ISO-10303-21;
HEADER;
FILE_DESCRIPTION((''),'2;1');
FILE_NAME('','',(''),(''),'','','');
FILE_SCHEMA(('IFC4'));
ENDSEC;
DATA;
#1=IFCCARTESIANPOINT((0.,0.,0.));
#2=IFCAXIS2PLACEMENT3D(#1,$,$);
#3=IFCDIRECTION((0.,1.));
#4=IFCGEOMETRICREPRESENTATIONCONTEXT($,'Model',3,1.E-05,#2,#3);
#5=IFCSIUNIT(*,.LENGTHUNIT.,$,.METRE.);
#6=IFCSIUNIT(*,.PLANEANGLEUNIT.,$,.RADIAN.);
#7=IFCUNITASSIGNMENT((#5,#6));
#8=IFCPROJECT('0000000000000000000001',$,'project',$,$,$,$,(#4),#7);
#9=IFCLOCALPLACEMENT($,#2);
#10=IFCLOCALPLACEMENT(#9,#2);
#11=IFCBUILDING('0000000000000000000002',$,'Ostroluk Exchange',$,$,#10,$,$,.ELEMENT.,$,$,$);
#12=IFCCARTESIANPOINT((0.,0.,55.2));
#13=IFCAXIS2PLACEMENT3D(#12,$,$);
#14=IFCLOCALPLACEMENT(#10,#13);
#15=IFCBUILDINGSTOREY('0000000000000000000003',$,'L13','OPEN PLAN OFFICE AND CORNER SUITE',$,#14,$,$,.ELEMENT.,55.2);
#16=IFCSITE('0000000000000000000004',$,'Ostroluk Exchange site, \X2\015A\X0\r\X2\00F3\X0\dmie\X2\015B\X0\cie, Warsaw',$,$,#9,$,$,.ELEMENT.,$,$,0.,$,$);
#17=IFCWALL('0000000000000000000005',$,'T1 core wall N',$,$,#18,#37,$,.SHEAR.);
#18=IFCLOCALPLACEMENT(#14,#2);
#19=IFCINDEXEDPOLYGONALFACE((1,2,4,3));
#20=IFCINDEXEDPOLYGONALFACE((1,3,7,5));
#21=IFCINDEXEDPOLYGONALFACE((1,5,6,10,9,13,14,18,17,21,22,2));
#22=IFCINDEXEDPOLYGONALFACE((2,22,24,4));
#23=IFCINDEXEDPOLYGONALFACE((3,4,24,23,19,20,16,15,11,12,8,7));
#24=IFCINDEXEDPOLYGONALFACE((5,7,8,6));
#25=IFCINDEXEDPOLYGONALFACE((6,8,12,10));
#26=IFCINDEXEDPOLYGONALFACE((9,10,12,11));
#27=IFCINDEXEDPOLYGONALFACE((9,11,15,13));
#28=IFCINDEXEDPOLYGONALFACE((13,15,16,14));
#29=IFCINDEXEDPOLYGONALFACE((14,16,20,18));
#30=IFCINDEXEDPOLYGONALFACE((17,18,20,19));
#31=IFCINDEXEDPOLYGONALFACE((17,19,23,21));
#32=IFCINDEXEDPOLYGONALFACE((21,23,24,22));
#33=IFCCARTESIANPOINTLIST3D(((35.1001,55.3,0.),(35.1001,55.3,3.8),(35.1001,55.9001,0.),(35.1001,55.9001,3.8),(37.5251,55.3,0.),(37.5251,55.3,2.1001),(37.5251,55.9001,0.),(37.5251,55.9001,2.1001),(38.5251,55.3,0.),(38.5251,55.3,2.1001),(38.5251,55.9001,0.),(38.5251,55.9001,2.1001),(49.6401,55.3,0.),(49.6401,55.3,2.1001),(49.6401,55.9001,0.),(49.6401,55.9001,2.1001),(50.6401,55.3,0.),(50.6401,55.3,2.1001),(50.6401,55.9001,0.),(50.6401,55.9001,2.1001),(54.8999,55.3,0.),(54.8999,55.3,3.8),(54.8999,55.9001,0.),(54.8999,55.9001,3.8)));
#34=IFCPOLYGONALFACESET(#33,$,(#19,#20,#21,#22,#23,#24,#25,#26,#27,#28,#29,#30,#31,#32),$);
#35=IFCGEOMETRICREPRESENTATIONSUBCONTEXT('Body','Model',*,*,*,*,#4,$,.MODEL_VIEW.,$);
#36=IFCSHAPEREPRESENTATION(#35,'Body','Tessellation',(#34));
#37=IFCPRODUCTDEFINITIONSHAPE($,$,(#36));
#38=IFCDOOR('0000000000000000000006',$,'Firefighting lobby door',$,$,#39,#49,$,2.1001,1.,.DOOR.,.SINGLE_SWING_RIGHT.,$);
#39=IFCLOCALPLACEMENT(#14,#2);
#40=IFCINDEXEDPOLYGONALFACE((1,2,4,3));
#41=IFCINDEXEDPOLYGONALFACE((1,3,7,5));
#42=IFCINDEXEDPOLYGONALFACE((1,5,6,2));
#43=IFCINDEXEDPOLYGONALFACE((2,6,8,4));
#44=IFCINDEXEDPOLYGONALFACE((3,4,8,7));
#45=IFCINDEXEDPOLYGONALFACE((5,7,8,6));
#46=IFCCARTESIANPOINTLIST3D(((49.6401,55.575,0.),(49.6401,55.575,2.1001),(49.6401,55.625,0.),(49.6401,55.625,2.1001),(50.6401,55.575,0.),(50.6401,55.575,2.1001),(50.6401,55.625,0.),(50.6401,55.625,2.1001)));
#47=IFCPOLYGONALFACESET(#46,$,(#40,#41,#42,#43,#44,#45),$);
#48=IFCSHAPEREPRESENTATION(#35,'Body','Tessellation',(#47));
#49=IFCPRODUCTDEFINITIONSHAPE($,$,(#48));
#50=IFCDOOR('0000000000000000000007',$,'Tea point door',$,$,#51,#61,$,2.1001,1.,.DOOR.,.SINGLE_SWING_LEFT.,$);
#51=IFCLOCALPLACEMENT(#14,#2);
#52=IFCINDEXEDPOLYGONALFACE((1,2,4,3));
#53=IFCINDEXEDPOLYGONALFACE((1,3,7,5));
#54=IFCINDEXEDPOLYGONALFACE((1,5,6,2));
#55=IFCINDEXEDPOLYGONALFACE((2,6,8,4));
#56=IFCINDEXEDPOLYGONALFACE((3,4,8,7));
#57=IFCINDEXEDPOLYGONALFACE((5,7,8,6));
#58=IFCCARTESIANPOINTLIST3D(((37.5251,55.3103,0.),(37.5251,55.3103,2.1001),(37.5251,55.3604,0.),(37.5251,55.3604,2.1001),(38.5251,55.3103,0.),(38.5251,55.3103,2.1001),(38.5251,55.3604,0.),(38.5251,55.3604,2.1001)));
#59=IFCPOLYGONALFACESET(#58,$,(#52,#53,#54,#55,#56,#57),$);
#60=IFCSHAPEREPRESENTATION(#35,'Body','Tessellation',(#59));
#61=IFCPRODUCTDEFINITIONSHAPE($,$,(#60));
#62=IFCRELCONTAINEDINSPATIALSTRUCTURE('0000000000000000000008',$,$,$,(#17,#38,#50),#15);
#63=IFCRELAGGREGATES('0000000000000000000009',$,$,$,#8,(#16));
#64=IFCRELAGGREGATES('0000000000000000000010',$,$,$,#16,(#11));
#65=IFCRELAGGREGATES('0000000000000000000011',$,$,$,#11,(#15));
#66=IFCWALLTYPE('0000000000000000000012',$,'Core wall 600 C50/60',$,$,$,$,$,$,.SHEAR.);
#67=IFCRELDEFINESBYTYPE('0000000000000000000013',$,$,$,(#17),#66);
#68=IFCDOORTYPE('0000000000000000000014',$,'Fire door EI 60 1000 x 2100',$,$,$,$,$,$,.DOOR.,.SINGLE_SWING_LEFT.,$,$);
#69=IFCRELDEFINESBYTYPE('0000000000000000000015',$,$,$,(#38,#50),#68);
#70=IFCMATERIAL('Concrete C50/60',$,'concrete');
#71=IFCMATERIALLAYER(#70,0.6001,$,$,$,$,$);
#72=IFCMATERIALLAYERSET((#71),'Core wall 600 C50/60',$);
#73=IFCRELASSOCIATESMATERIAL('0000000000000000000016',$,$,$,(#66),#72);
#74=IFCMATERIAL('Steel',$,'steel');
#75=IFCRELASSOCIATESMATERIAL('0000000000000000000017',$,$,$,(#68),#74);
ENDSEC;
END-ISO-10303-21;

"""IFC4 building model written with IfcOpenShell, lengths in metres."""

from ifc_helpers import new_model, si_unit, direction, frame, frame_2d, origin, place, context, subcontext, project, spatial, rectangle, extrude, material, layer, layer_set, type_object, element, fill, save


model = new_model("IFC4")

# Units and contexts
model_context = context("Model", 3, precision=1e-05, world=origin(), true_north=direction((0.0, 1.0)))
body_context = subcontext(model_context, "Body", "Model", "MODEL_VIEW")
ifc_project = project(units=[si_unit("LENGTHUNIT", "METRE"), si_unit("PLANEANGLEUNIT", "RADIAN")], contexts=[model_context])

# Site, building, storey
site_placement = place(None, origin())
site = spatial("IfcSite", under=ifc_project, at=site_placement, Name="Ostroluk Exchange site, Śródmieście, Warsaw", CompositionType="ELEMENT", RefElevation=0.0)
building_placement = place(site_placement, origin())
building = spatial("IfcBuilding", under=site, at=building_placement, Name="Ostroluk Exchange", CompositionType="ELEMENT")
storey_placement = place(building_placement, frame((0.0, 0.0, 55.2)))
storey = spatial("IfcBuildingStorey", under=building, at=storey_placement, Name="L13", Description="OPEN PLAN OFFICE AND CORNER SUITE", CompositionType="ELEMENT", Elevation=55.2)

# Wall, openings, doors
ifc_material_1 = material(Name="Concrete C50/60", Category="concrete")
ifc_layer_1 = layer(ifc_material_1, 0.6001)
ifc_layer_set_1 = layer_set([ifc_layer_1], Name="Core wall 600 C50/60")
wall_type_1 = type_object("IfcWallType", Name="Core wall 600 C50/60", PredefinedType="SHEAR", material=ifc_layer_set_1)
wall_1_placement = place(storey_placement, frame((35.1001, 55.6001, 0.0), z_axis=(0.0, 0.0, 1.0), x_axis=(1.0, 0.0, 0.0)))
wall_1 = element("IfcWall", 1, at=wall_1_placement, inside=storey, type_object=wall_type_1, Name="T1 core wall N", PredefinedType="SHEAR", context=body_context, shape_type="SweptSolid", body=[
    extrude(rectangle(XDim=19.7998, YDim=0.6001, at=frame_2d((9.8999, 0.0))), origin(), (0.0, 0.0, 1.0), 3.8),
])
opening_1_placement = place(wall_1_placement, frame((14.54, 0.0, 0.0)))
opening_1 = element("IfcOpeningElement", 2, at=opening_1_placement, cuts=wall_1, PredefinedType="OPENING", context=body_context, shape_type="SweptSolid", body=[
    extrude(rectangle(XDim=1.0, YDim=2.1001, at=frame_2d((0.5, 1.05))), frame((0.0, 0.3101, 0.0), z_axis=(0.0, -1.0, 0.0), x_axis=(1.0, 0.0, 0.0)), (0.0, 0.0, 1.0), 0.6201),
])
opening_2_placement = place(wall_1_placement, frame((2.425, 0.0, 0.0)))
opening_2 = element("IfcOpeningElement", 3, at=opening_2_placement, cuts=wall_1, PredefinedType="OPENING", context=body_context, shape_type="SweptSolid", body=[
    extrude(rectangle(XDim=1.0, YDim=2.1001, at=frame_2d((0.5, 1.05))), frame((0.0, 0.3101, 0.0), z_axis=(0.0, -1.0, 0.0), x_axis=(1.0, 0.0, 0.0)), (0.0, 0.0, 1.0), 0.6201),
])
ifc_material_2 = material(Name="Steel", Category="steel")
door_type = type_object("IfcDoorType", Name="Fire door EI 60 1000 x 2100", OperationType="SINGLE_SWING_LEFT", PredefinedType="DOOR", material=ifc_material_2)
door_1_placement = place(opening_1_placement, origin())
door_1 = element("IfcDoor", 4, at=door_1_placement, inside=storey, type_object=door_type, Name="Firefighting lobby door", OperationType="SINGLE_SWING_RIGHT", OverallHeight=2.1001, OverallWidth=1.0, PredefinedType="DOOR", context=body_context, shape_type="SweptSolid", body=[
    extrude(rectangle(XDim=1.0, YDim=2.1001, at=frame_2d((0.5, 1.05))), frame((0.0, 0.0249, 0.0), z_axis=(0.0, -1.0, 0.0), x_axis=(1.0, 0.0, 0.0)), (0.0, 0.0, 1.0), 0.05),
])
fill(opening_1, door_1)
door_2_placement = place(opening_2_placement, origin())
door_2 = element("IfcDoor", 5, at=door_2_placement, inside=storey, type_object=door_type, Name="Tea point door", OperationType="SINGLE_SWING_LEFT", OverallHeight=2.1001, OverallWidth=1.0, PredefinedType="DOOR", context=body_context, shape_type="SweptSolid", body=[
    extrude(rectangle(XDim=1.0, YDim=2.1001, at=frame_2d((0.5, 1.05))), frame((0.0, -0.2397, 0.0), z_axis=(0.0, -1.0, 0.0), x_axis=(1.0, 0.0, 0.0)), (0.0, 0.0, 1.0), 0.05),
])
fill(opening_2, door_2)

save(model, "model.ifc")
